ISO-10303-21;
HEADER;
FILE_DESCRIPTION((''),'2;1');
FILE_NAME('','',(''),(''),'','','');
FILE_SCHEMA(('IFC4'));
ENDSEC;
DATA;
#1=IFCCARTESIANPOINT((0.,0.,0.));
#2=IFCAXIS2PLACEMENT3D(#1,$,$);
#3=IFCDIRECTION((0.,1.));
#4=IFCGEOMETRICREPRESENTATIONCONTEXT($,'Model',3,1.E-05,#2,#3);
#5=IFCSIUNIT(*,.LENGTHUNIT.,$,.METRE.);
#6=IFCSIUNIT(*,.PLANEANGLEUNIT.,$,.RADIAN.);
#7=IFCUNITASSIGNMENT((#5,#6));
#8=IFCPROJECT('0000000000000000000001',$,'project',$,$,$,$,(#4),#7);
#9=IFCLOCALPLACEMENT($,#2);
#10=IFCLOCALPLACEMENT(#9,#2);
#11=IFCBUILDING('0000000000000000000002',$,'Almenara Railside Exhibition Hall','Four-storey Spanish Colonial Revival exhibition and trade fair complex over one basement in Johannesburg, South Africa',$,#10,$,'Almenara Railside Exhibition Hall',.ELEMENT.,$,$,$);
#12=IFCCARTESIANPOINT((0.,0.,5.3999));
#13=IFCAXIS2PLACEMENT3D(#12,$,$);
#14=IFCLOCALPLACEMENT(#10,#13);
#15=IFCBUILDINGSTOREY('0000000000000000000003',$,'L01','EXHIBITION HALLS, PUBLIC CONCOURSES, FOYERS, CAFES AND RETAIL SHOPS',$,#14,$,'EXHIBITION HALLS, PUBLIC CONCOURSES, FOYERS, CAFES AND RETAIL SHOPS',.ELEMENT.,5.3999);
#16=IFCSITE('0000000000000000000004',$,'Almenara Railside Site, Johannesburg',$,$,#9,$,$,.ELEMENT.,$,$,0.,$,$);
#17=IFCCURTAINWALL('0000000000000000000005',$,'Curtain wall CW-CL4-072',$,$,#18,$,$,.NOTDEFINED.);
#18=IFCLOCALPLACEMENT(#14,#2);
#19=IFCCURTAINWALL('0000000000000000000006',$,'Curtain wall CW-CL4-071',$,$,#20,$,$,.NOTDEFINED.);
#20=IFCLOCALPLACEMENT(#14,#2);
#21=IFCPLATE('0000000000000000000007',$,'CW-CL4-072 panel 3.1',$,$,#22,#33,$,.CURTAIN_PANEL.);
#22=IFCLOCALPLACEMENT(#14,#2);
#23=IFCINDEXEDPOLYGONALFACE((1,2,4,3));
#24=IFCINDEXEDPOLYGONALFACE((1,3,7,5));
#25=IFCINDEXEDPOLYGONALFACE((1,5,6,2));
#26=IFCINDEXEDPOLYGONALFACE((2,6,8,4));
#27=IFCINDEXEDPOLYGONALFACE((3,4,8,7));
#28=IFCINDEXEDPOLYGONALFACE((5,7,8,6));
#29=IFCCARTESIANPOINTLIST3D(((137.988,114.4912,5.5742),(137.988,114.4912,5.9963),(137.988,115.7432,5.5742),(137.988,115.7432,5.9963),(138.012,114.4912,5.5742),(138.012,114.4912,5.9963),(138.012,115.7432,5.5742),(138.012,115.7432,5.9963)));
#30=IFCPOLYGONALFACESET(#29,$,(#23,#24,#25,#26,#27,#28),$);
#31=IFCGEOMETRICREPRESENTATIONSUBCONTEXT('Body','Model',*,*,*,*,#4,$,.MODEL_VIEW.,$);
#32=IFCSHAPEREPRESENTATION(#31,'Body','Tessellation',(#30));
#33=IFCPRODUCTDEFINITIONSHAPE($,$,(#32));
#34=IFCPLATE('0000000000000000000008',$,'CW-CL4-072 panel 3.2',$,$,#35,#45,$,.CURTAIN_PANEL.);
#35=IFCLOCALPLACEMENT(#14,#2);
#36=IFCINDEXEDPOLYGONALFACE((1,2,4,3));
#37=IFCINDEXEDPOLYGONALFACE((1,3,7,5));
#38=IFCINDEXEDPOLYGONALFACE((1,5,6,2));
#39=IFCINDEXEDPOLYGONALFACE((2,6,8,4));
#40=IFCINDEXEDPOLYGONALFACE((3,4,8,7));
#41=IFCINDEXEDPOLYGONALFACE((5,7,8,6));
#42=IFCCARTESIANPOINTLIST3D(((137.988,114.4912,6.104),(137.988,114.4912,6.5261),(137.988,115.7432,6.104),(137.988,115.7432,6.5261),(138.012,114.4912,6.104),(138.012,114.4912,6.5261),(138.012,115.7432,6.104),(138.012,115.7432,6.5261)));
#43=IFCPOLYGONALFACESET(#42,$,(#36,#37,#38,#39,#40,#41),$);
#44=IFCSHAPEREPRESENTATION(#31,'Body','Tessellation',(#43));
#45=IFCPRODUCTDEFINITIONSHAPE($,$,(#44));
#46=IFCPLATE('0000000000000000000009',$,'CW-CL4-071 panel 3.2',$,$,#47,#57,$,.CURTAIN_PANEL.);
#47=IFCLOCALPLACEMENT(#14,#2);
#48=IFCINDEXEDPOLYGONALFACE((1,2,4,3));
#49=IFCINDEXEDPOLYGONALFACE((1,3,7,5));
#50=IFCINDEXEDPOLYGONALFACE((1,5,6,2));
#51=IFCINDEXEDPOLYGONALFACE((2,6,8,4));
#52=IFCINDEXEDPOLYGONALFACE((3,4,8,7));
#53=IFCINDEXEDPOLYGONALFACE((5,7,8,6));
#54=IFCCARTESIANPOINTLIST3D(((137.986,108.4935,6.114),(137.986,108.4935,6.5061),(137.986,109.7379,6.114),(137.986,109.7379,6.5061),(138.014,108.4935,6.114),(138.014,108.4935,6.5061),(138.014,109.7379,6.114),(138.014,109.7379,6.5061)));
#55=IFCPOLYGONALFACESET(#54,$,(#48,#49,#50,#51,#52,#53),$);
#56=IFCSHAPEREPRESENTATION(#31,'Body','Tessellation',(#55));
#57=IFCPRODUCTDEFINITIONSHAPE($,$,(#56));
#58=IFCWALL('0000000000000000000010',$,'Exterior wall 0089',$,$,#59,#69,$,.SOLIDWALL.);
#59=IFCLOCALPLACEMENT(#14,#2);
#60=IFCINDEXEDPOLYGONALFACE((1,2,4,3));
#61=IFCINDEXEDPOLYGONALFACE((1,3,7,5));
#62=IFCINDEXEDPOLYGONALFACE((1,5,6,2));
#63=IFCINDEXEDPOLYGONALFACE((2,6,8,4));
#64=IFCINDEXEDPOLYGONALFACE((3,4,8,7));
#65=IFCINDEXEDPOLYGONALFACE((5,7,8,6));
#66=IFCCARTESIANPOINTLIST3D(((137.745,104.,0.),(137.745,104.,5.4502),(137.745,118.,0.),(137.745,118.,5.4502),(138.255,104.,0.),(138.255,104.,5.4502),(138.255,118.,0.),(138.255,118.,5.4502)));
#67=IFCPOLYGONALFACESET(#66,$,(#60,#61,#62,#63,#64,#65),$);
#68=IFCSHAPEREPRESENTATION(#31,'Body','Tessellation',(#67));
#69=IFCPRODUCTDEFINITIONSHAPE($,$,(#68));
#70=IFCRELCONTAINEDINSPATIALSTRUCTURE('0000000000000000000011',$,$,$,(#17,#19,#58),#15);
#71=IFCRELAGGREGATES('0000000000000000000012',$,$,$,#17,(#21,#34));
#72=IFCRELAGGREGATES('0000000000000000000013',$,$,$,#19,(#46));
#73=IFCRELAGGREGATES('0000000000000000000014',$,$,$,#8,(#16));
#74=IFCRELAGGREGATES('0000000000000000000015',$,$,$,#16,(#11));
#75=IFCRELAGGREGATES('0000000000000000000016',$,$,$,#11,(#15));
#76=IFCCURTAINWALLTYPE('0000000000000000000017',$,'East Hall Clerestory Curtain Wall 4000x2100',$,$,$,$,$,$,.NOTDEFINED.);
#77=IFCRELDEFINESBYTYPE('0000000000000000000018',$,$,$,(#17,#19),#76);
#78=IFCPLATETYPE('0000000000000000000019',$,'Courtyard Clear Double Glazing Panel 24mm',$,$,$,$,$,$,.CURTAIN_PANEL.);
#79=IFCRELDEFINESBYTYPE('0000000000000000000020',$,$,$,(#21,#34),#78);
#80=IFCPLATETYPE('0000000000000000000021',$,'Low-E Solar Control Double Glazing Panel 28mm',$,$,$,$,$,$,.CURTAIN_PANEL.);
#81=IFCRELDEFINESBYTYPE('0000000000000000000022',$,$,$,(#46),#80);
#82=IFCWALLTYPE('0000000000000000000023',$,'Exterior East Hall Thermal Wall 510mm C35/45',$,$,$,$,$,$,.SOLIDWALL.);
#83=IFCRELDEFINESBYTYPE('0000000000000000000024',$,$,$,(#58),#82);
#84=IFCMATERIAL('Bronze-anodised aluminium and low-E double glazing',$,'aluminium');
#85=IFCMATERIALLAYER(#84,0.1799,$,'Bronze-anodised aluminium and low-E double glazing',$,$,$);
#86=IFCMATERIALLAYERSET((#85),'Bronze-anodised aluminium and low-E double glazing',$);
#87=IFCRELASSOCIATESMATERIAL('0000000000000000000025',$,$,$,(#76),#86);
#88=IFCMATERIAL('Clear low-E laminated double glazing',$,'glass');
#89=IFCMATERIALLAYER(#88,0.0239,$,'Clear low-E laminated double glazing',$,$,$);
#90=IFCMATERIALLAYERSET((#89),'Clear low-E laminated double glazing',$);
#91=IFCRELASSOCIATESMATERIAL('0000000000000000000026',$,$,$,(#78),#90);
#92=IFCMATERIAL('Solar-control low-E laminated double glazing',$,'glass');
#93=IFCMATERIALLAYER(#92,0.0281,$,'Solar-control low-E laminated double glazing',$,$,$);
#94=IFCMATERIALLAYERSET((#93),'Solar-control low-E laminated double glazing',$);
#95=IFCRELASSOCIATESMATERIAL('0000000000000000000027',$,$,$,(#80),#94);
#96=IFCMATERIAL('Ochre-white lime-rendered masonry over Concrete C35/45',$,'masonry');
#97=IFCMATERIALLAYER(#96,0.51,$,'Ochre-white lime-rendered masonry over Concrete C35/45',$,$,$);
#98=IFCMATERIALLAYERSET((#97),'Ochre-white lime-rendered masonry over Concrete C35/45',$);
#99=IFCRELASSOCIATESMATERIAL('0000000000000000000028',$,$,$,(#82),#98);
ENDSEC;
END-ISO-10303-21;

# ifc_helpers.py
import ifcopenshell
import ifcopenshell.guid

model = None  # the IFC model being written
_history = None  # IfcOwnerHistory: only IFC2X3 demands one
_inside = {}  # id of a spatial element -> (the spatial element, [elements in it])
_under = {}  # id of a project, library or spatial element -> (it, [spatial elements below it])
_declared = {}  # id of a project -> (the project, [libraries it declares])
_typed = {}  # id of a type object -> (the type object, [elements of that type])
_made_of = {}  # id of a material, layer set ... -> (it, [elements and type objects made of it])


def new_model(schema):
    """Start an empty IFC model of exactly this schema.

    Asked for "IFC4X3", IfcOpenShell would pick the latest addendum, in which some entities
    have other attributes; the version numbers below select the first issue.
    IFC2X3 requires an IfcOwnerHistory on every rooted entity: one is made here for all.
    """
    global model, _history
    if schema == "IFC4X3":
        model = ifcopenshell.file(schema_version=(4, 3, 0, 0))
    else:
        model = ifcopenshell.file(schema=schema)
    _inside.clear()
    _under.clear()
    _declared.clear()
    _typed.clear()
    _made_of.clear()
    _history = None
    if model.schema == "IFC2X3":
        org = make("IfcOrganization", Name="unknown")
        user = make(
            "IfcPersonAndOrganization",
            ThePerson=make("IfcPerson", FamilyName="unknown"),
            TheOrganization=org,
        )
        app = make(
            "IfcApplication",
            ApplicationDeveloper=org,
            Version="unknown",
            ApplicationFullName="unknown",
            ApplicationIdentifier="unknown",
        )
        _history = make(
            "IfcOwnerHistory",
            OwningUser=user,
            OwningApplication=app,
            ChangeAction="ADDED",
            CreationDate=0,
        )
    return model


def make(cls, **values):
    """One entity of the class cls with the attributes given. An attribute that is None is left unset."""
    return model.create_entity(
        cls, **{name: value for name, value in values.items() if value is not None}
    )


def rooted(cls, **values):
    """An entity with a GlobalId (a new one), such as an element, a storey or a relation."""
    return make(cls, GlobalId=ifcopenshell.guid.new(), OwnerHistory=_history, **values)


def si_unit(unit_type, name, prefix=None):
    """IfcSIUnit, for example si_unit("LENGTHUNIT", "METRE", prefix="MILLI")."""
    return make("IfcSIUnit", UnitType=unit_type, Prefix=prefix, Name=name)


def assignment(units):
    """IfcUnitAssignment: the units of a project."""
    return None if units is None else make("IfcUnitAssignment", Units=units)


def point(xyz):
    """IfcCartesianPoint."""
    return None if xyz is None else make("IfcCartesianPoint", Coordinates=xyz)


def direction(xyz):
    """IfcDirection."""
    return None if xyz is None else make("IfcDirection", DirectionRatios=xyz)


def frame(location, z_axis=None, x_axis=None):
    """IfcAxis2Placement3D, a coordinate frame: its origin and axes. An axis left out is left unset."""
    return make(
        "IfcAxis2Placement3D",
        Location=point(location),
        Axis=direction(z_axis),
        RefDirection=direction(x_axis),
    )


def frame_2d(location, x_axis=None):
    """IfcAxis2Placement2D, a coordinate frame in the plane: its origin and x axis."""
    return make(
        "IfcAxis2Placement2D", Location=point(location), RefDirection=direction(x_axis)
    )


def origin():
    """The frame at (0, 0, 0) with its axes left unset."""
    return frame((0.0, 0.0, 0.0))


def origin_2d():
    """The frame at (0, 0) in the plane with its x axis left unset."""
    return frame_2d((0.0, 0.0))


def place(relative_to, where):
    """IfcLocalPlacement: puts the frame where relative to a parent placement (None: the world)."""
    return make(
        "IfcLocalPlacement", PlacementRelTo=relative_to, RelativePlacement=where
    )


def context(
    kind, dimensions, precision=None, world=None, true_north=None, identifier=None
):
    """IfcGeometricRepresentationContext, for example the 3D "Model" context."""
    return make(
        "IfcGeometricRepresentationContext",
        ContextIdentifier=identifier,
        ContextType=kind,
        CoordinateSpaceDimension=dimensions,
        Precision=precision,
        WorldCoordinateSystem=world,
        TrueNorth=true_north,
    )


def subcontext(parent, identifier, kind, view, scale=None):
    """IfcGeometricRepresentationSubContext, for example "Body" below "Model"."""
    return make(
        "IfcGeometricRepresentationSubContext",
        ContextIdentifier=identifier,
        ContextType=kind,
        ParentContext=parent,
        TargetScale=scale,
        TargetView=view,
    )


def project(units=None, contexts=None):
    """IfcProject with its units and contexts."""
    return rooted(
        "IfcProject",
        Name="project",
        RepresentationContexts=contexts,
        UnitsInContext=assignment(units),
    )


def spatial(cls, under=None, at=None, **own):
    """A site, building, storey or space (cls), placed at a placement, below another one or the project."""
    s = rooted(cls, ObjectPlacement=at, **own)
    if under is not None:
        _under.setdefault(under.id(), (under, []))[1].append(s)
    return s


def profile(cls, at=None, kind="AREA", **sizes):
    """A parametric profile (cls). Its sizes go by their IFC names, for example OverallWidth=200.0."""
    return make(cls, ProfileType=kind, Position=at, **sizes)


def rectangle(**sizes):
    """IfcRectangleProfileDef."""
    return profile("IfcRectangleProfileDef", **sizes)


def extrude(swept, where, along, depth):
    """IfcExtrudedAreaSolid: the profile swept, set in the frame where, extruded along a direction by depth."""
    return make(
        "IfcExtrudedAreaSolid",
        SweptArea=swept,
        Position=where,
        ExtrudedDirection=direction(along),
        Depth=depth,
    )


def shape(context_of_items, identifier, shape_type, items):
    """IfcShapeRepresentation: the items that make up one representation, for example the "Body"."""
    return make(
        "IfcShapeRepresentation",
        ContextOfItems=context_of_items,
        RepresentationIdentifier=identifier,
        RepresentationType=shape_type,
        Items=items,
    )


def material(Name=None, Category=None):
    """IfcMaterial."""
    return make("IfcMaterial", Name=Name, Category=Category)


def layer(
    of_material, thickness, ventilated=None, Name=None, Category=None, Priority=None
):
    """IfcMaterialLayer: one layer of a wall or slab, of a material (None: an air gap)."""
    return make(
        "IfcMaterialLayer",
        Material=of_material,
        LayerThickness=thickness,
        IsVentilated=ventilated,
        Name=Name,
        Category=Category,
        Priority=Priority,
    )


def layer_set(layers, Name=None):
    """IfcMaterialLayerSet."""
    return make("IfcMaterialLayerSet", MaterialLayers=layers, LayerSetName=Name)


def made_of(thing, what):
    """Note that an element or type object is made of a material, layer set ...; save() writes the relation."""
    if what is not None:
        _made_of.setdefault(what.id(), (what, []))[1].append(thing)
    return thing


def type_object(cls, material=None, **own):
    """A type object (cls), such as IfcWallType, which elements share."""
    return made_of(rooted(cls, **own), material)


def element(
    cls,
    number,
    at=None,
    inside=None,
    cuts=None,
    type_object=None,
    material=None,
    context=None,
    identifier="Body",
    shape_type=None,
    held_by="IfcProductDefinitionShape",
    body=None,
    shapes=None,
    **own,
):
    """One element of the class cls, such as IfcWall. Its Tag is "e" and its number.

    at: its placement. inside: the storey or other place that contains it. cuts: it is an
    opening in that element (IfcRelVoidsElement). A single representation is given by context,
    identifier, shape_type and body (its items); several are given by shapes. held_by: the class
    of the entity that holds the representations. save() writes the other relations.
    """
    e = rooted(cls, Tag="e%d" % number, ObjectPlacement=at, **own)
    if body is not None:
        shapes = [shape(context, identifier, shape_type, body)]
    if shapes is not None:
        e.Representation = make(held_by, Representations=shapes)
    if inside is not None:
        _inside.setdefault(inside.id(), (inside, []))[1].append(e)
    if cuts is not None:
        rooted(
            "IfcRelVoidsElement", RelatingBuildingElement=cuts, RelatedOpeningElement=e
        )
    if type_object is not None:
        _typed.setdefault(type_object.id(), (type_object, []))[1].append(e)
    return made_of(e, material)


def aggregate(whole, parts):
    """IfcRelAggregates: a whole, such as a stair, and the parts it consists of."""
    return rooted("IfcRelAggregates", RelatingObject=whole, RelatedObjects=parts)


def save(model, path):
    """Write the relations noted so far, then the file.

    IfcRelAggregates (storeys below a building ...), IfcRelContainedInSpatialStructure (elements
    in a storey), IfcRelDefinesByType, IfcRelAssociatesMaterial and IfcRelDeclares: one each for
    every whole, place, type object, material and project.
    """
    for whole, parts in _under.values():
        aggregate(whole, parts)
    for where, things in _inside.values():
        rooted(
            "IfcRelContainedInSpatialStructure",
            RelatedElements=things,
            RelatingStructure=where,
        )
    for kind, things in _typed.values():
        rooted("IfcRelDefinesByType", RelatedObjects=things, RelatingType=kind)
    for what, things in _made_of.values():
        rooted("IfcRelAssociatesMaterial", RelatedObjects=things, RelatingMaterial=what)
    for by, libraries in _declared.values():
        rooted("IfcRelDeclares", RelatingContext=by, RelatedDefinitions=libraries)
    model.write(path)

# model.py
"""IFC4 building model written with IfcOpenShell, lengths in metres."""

from ifc_helpers import new_model, si_unit, direction, frame, frame_2d, origin, origin_2d, place, context, subcontext, project, spatial, rectangle, extrude, material, layer, layer_set, type_object, element, aggregate, save


model = new_model("IFC4")

# Units and contexts
model_context = context("Model", 3, precision=1e-05, world=origin(), true_north=direction((0.0, 1.0)))
body_context = subcontext(model_context, "Body", "Model", "MODEL_VIEW")
ifc_project = project(units=[si_unit("LENGTHUNIT", "METRE"), si_unit("PLANEANGLEUNIT", "RADIAN")], contexts=[model_context])

# Site, building, storey
site_placement = place(None, origin())
site = spatial("IfcSite", under=ifc_project, at=site_placement, Name="Almenara Railside Site, Johannesburg", CompositionType="ELEMENT", RefElevation=0.0)
building_placement = place(site_placement, origin())
building = spatial("IfcBuilding", under=site, at=building_placement, Name="Almenara Railside Exhibition Hall", Description="Four-storey Spanish Colonial Revival exhibition and trade fair complex over one basement in Johannesburg, South Africa", LongName="Almenara Railside Exhibition Hall", CompositionType="ELEMENT")
storey_placement = place(building_placement, frame((0.0, 0.0, 5.3999)))
storey = spatial("IfcBuildingStorey", under=building, at=storey_placement, Name="L01", Description="EXHIBITION HALLS, PUBLIC CONCOURSES, FOYERS, CAFES AND RETAIL SHOPS", LongName="EXHIBITION HALLS, PUBLIC CONCOURSES, FOYERS, CAFES AND RETAIL SHOPS", CompositionType="ELEMENT", Elevation=5.3999)

# Curtain wall
ifc_material_1 = material(Name="Bronze-anodised aluminium and low-E double glazing", Category="aluminium")
ifc_layer_1 = layer(ifc_material_1, 0.1799, Name="Bronze-anodised aluminium and low-E double glazing")
ifc_layer_set_1 = layer_set([ifc_layer_1], Name="Bronze-anodised aluminium and low-E double glazing")
curtain_wall_type = type_object("IfcCurtainWallType", Name="East Hall Clerestory Curtain Wall 4000x2100", PredefinedType="NOTDEFINED", material=ifc_layer_set_1)
curtain_wall_1_placement = place(storey_placement, origin())
curtain_wall_1 = element("IfcCurtainWall", 1, at=curtain_wall_1_placement, inside=storey, type_object=curtain_wall_type, Name="Curtain wall CW-CL4-072", PredefinedType="NOTDEFINED")

# Curtain wall
curtain_wall_2_placement = place(storey_placement, origin())
curtain_wall_2 = element("IfcCurtainWall", 2, at=curtain_wall_2_placement, inside=storey, type_object=curtain_wall_type, Name="Curtain wall CW-CL4-071", PredefinedType="NOTDEFINED")

# Plates
ifc_material_2 = material(Name="Clear low-E laminated double glazing", Category="glass")
ifc_layer_2 = layer(ifc_material_2, 0.0239, Name="Clear low-E laminated double glazing")
ifc_layer_set_2 = layer_set([ifc_layer_2], Name="Clear low-E laminated double glazing")
plate_type_1 = type_object("IfcPlateType", Name="Courtyard Clear Double Glazing Panel 24mm", PredefinedType="CURTAIN_PANEL", material=ifc_layer_set_2)
plate_1_placement = place(storey_placement, frame((138.0, 115.1172, 5.5742), z_axis=(0.0, 0.0, 1.0), x_axis=(0.0, 1.0, 0.0)))
plate_1 = element("IfcPlate", 3, at=plate_1_placement, type_object=plate_type_1, Name="CW-CL4-072 panel 3.1", PredefinedType="CURTAIN_PANEL", context=body_context, shape_type="SweptSolid", body=[
    extrude(rectangle(XDim=1.252, YDim=0.0239, at=origin_2d()), origin(), (0.0, 0.0, 1.0), 0.4221),
])
plate_2_placement = place(storey_placement, frame((138.0, 115.1172, 6.104), z_axis=(0.0, 0.0, 1.0), x_axis=(0.0, 1.0, 0.0)))
plate_2 = element("IfcPlate", 4, at=plate_2_placement, type_object=plate_type_1, Name="CW-CL4-072 panel 3.2", PredefinedType="CURTAIN_PANEL", context=body_context, shape_type="SweptSolid", body=[
    extrude(rectangle(XDim=1.252, YDim=0.0239, at=origin_2d()), origin(), (0.0, 0.0, 1.0), 0.4221),
])
aggregate(curtain_wall_1, [plate_1, plate_2])
ifc_material_3 = material(Name="Solar-control low-E laminated double glazing", Category="glass")
ifc_layer_3 = layer(ifc_material_3, 0.0281, Name="Solar-control low-E laminated double glazing")
ifc_layer_set_3 = layer_set([ifc_layer_3], Name="Solar-control low-E laminated double glazing")
plate_type_2 = type_object("IfcPlateType", Name="Low-E Solar Control Double Glazing Panel 28mm", PredefinedType="CURTAIN_PANEL", material=ifc_layer_set_3)
plate_3_placement = place(storey_placement, frame((138.0, 109.1157, 6.114), z_axis=(0.0, 0.0, 1.0), x_axis=(0.0, 1.0, 0.0)))
plate_3 = element("IfcPlate", 5, at=plate_3_placement, type_object=plate_type_2, Name="CW-CL4-071 panel 3.2", PredefinedType="CURTAIN_PANEL", context=body_context, shape_type="SweptSolid", body=[
    extrude(rectangle(XDim=1.2444, YDim=0.0281, at=origin_2d()), origin(), (0.0, 0.0, 1.0), 0.3921),
])
aggregate(curtain_wall_2, [plate_3])

# Wall
ifc_material_4 = material(Name="Ochre-white lime-rendered masonry over Concrete C35/45", Category="masonry")
ifc_layer_4 = layer(ifc_material_4, 0.51, Name="Ochre-white lime-rendered masonry over Concrete C35/45")
ifc_layer_set_4 = layer_set([ifc_layer_4], Name="Ochre-white lime-rendered masonry over Concrete C35/45")
wall_type = type_object("IfcWallType", Name="Exterior East Hall Thermal Wall 510mm C35/45", PredefinedType="SOLIDWALL", material=ifc_layer_set_4)
wall_placement = place(storey_placement, frame((138.0, 118.0, 0.0), z_axis=(0.0, 0.0, 1.0), x_axis=(0.0, -1.0, 0.0)))
element("IfcWall", 6, at=wall_placement, inside=storey, type_object=wall_type, Name="Exterior wall 0089", PredefinedType="SOLIDWALL", context=body_context, shape_type="SweptSolid", body=[
    extrude(rectangle(XDim=14.0, YDim=0.51, at=frame_2d((7.0, 0.0))), origin(), (0.0, 0.0, 1.0), 5.4502),
])

save(model, "model.ifc")
